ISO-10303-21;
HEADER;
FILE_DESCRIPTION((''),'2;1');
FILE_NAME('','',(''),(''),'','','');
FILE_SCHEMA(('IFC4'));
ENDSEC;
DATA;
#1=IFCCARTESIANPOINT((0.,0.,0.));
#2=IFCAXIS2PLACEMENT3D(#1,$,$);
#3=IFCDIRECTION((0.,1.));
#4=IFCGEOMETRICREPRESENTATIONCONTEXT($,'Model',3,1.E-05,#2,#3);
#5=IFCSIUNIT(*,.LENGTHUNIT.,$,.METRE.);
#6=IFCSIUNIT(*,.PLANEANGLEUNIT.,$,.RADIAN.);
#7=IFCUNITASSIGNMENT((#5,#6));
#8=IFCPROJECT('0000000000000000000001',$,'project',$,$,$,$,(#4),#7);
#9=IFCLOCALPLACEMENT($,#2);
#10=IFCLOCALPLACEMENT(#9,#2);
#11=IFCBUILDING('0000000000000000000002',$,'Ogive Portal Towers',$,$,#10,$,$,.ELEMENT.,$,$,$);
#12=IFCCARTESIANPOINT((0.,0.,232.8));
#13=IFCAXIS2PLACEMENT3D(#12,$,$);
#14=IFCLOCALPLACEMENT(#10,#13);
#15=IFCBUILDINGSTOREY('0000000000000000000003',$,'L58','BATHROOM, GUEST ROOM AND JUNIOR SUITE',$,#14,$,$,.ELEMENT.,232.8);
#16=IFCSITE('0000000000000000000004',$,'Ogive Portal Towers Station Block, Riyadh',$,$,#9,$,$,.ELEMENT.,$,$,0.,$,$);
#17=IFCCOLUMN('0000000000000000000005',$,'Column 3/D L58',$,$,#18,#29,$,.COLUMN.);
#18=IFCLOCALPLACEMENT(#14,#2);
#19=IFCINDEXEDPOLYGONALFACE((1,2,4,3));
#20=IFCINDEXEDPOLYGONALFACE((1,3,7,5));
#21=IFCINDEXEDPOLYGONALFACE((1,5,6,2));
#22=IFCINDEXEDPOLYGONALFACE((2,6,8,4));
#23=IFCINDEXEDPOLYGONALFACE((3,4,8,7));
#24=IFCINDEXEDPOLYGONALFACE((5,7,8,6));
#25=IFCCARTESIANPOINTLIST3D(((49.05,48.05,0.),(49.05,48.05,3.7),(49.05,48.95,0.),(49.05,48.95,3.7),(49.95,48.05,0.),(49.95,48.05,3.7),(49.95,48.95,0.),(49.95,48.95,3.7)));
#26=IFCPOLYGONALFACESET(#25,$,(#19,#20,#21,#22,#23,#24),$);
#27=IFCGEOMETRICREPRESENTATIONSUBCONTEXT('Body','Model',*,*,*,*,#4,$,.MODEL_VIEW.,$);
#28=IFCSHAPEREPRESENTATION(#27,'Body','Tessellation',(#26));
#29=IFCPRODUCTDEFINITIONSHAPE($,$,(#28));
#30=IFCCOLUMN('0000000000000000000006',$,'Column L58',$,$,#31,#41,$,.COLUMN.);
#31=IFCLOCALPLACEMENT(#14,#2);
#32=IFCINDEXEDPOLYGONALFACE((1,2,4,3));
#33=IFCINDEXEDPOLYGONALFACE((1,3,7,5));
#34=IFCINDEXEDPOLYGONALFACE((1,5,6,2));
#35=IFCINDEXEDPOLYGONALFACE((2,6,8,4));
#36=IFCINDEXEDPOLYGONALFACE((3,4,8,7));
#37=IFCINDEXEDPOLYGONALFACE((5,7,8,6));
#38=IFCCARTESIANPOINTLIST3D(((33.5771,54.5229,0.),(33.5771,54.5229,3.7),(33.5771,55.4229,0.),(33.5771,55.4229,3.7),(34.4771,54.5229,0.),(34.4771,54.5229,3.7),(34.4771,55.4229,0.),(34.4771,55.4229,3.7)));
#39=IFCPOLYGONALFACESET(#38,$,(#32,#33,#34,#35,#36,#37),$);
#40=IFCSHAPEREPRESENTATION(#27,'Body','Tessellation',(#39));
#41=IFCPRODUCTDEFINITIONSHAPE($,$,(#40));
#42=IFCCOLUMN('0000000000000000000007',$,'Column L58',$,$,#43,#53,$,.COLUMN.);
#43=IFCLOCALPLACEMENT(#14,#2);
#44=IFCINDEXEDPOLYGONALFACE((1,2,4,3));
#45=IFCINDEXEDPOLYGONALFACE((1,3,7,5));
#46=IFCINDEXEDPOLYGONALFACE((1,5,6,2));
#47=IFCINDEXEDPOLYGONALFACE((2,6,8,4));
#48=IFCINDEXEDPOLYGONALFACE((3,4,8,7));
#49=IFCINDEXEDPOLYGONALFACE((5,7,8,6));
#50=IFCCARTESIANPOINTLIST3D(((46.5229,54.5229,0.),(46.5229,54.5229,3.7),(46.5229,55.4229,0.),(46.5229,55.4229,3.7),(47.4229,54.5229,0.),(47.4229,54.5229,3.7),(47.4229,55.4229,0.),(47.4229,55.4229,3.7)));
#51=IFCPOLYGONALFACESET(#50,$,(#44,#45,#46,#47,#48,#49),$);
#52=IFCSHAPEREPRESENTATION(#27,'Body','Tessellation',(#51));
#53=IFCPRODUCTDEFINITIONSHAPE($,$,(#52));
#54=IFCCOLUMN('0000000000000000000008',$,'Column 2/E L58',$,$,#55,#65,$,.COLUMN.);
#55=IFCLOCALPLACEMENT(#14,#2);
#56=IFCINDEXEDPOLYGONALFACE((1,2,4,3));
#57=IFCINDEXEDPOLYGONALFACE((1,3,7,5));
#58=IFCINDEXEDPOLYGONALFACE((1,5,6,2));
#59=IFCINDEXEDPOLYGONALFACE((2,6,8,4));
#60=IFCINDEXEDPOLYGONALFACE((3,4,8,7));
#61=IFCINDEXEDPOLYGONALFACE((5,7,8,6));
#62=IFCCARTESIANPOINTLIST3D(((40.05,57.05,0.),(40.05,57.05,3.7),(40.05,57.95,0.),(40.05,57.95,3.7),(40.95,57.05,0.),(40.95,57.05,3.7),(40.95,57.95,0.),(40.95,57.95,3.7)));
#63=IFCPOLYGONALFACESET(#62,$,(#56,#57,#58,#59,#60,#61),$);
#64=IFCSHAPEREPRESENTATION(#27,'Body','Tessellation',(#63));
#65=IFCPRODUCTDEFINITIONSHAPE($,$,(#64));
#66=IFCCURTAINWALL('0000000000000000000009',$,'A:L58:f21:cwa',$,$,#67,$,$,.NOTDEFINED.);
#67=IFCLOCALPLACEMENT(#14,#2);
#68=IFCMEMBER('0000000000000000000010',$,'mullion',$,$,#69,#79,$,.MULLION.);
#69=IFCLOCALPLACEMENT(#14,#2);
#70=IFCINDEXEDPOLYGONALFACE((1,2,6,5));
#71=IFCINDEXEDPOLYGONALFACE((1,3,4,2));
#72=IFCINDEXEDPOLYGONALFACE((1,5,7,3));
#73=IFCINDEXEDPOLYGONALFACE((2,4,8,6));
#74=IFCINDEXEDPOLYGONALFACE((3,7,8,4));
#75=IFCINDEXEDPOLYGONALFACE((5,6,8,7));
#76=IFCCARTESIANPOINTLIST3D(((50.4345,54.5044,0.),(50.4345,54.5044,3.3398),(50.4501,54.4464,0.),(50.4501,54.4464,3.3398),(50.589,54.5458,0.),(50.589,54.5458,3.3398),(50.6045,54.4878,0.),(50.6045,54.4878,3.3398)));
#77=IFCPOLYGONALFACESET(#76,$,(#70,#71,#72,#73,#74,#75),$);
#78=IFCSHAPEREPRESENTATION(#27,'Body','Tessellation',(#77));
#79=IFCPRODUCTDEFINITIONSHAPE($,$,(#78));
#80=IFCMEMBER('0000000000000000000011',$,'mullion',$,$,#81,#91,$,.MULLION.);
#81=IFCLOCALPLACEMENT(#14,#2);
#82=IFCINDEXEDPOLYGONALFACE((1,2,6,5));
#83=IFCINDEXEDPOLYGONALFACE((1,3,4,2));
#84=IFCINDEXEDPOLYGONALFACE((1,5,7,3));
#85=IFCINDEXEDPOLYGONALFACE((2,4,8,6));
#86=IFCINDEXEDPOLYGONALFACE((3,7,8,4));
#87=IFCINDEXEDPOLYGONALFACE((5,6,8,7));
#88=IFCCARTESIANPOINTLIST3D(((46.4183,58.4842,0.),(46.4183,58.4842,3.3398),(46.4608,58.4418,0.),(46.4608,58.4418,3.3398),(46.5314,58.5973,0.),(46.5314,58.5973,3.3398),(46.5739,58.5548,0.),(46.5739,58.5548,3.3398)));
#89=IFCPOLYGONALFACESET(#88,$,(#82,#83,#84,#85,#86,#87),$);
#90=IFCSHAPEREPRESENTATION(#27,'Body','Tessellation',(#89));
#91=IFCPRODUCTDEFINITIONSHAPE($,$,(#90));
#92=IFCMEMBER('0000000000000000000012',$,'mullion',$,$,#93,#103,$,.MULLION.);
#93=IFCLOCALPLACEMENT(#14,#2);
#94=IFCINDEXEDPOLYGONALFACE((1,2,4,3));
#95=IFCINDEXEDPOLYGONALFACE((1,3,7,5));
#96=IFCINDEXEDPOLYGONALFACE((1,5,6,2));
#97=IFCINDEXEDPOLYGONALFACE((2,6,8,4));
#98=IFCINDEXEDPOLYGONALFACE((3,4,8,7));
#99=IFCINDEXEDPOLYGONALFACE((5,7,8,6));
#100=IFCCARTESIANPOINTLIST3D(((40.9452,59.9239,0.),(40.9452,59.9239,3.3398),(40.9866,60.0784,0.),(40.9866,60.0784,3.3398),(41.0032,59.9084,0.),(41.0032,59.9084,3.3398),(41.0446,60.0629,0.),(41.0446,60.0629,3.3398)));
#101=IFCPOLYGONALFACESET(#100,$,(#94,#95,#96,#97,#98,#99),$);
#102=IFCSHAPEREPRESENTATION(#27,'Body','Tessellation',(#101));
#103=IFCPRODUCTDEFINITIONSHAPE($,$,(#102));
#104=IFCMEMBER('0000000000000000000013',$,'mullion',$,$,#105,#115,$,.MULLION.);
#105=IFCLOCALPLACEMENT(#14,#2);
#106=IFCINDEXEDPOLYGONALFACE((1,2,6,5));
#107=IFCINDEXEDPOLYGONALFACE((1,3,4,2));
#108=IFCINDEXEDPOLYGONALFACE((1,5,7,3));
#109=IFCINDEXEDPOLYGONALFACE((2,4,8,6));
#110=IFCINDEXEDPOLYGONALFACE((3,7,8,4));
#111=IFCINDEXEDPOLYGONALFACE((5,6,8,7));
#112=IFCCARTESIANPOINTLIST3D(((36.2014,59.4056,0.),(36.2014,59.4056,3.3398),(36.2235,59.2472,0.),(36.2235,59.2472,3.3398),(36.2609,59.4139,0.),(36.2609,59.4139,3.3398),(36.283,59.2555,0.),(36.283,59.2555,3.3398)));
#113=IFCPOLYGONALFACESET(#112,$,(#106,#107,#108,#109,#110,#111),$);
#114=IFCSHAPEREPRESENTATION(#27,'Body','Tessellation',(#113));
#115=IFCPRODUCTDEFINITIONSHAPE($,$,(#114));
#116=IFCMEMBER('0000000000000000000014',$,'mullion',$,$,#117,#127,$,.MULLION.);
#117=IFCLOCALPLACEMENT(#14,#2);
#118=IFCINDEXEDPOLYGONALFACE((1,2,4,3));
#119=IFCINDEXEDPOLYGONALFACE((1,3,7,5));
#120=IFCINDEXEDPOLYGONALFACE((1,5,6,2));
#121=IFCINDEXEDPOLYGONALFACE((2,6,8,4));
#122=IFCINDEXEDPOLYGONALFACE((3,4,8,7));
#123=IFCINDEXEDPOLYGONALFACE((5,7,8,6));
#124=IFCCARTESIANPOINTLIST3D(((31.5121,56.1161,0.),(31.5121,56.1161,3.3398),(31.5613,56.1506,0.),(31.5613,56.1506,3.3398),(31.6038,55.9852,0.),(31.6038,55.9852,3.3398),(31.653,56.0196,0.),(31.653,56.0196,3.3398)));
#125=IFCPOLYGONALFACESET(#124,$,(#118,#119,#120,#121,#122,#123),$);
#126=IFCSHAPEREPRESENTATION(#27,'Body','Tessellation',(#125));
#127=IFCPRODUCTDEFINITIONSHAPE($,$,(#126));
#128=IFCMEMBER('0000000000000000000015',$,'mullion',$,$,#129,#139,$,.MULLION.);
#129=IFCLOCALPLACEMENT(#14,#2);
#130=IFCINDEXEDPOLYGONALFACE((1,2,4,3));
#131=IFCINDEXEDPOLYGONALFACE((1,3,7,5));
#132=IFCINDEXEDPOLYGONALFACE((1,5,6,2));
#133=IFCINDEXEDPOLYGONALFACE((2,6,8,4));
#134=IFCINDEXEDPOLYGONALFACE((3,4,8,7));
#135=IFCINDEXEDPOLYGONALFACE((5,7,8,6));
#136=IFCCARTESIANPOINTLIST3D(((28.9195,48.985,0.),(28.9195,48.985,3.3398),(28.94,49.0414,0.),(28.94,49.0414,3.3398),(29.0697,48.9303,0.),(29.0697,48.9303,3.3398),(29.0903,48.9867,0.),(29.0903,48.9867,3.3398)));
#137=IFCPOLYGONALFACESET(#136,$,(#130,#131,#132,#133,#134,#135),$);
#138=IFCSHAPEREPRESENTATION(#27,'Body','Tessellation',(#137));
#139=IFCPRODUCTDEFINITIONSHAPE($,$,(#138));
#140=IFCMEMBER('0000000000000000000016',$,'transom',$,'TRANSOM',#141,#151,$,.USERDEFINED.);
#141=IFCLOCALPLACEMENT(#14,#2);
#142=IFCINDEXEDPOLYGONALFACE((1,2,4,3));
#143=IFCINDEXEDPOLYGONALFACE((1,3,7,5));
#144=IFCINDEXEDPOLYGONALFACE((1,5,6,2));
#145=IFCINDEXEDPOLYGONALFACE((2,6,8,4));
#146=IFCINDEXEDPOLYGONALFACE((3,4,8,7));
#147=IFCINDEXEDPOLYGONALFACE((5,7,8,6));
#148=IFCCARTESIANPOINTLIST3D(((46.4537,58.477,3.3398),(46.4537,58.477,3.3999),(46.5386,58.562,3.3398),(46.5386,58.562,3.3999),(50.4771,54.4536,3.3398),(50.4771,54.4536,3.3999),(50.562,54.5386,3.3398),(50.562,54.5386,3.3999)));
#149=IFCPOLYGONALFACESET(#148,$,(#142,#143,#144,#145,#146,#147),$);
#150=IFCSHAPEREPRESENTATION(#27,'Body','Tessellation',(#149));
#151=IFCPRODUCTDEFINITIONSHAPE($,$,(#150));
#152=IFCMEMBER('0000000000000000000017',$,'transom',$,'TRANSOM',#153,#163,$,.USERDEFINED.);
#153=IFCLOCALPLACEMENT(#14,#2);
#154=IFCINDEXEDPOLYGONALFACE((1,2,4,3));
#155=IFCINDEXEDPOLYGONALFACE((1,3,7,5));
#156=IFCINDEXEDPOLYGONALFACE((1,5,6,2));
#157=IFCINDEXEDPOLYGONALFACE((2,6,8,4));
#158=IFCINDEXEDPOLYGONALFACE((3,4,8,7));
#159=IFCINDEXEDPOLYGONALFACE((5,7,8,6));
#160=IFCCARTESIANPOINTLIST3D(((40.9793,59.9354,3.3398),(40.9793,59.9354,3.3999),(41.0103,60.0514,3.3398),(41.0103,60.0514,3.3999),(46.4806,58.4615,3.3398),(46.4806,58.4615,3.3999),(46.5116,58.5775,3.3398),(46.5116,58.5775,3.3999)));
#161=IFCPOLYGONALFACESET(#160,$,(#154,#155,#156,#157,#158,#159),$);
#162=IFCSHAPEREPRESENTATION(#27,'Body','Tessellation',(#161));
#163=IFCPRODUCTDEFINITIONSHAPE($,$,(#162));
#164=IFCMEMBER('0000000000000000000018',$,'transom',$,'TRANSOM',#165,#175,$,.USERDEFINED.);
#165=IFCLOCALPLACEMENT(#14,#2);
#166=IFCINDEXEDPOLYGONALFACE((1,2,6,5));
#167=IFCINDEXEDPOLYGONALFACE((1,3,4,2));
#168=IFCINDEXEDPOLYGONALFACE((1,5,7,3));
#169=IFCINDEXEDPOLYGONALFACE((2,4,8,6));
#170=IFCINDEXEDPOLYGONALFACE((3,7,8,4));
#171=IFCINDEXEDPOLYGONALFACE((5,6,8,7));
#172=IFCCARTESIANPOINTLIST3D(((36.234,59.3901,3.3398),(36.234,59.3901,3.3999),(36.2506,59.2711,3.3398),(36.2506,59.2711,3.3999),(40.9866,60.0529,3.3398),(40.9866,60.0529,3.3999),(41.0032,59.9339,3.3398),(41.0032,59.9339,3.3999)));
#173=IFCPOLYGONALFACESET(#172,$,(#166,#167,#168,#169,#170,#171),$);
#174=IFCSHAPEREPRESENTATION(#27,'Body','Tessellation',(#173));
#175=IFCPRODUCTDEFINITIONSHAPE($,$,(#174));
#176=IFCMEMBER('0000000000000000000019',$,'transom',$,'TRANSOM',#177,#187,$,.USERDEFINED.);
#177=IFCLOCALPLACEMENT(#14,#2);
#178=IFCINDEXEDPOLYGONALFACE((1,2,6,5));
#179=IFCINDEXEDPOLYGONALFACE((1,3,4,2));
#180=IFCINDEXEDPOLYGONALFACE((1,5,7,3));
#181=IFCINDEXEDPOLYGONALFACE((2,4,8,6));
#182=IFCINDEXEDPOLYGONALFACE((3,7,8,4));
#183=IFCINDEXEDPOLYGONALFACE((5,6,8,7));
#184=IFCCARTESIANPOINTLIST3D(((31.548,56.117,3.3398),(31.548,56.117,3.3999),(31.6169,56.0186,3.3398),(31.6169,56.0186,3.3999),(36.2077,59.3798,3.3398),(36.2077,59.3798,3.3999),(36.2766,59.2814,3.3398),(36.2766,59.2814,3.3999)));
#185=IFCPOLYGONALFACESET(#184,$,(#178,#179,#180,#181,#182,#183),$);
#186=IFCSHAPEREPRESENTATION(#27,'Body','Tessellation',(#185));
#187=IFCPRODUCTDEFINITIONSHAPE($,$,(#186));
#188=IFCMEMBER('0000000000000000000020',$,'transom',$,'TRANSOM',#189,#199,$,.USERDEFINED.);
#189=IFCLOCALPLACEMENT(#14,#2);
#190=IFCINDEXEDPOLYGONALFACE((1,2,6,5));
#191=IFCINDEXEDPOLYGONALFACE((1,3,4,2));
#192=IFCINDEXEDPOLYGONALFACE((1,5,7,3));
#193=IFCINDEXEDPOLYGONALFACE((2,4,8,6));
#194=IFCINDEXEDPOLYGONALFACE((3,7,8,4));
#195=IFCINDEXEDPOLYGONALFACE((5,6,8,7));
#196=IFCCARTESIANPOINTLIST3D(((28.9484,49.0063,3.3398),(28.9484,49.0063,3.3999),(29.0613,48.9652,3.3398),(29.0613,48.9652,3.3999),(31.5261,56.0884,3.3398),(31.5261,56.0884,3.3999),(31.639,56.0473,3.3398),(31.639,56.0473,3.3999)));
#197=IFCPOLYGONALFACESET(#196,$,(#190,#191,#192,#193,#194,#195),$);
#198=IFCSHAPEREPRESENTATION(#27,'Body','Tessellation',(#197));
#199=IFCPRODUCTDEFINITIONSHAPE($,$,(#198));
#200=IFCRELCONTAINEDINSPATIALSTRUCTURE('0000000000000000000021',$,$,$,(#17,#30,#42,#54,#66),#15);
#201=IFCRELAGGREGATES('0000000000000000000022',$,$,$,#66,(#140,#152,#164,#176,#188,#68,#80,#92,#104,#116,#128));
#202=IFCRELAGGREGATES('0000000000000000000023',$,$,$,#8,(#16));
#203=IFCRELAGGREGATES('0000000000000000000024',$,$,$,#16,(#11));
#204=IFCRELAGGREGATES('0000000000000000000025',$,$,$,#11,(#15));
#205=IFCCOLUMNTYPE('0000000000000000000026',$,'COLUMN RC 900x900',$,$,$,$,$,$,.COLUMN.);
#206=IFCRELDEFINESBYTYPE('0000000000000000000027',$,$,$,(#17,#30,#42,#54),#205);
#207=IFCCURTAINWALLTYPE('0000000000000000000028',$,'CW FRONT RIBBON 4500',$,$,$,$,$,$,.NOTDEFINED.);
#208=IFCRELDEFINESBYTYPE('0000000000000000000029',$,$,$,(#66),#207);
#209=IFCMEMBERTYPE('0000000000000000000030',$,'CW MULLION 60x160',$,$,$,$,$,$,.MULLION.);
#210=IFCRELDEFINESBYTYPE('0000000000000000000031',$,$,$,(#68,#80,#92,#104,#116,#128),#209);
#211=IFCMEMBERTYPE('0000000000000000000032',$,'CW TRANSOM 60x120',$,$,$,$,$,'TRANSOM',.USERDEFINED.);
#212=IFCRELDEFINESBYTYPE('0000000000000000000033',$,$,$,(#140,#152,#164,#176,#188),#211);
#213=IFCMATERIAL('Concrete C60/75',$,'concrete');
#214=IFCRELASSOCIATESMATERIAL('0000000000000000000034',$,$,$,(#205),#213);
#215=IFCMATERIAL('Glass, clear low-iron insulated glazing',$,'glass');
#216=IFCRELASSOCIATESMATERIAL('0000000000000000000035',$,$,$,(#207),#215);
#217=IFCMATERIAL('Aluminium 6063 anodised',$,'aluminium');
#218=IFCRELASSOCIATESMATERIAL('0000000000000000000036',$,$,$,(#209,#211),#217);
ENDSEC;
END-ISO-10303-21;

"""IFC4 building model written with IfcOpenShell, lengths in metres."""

from ifc_helpers import new_model, si_unit, direction, frame, origin, origin_2d, place, context, subcontext, project, spatial, rectangle, extrude, material, material_profile, profile_set, type_object, element, aggregate, save


model = new_model("IFC4")

# Units and contexts
model_context = context("Model", 3, precision=1e-05, world=origin(), true_north=direction((0.0, 1.0)))
body_context = subcontext(model_context, "Body", "Model", "MODEL_VIEW")
ifc_project = project(units=[si_unit("LENGTHUNIT", "METRE"), si_unit("PLANEANGLEUNIT", "RADIAN")], contexts=[model_context])

# Site, building, storey
site_placement = place(None, origin())
site = spatial("IfcSite", under=ifc_project, at=site_placement, Name="Ogive Portal Towers Station Block, Riyadh", CompositionType="ELEMENT", RefElevation=0.0)
building_placement = place(site_placement, origin())
building = spatial("IfcBuilding", under=site, at=building_placement, Name="Ogive Portal Towers", CompositionType="ELEMENT")
storey_placement = place(building_placement, frame((0.0, 0.0, 232.8)))
storey = spatial("IfcBuildingStorey", under=building, at=storey_placement, Name="L58", Description="BATHROOM, GUEST ROOM AND JUNIOR SUITE", CompositionType="ELEMENT", Elevation=232.8)

# Columns
ifc_material_1 = material(Name="Concrete C60/75", Category="concrete")
ifc_material_profile_1 = material_profile(ifc_material_1, rectangle(XDim=0.8999, YDim=0.8999, at=origin_2d()), Name="RC 900x900")
ifc_profile_set_1 = profile_set([ifc_material_profile_1], Name="Concrete C60/75")
column_type = type_object("IfcColumnType", Name="COLUMN RC 900x900", PredefinedType="COLUMN", material=ifc_profile_set_1)
for number, where, z_axis, x_axis, name in (
    (1, (49.5, 48.5, 0.0), (0.0, 0.0, 1.0), (1.0, 0.0, 0.0), "Column 3/D L58"),
    (2, (34.0271, 54.9729, 0.0), (0.0, 0.0, 1.0), (1.0, 0.0, 0.0), "Column L58"),
    (3, (46.9729, 54.9729, 0.0), (0.0, 0.0, 1.0), (1.0, 0.0, 0.0), "Column L58"),
    (4, (40.5, 57.5, 0.0), (0.0, 0.0, 1.0), (1.0, 0.0, 0.0), "Column 2/E L58"),
):
    element("IfcColumn", number, at=place(storey_placement, frame(where, z_axis=z_axis, x_axis=x_axis)), inside=storey, type_object=column_type, Name=name, PredefinedType="COLUMN", context=body_context, shape_type="SweptSolid", body=[
        extrude(rectangle(XDim=0.8999, YDim=0.8999, at=origin_2d()), origin(), (0.0, 0.0, 1.0), 3.7),
    ])

# Curtain wall, members
ifc_material_2 = material(Name="Glass, clear low-iron insulated glazing", Category="glass")
curtain_wall_type = type_object("IfcCurtainWallType", Name="CW FRONT RIBBON 4500", PredefinedType="NOTDEFINED", material=ifc_material_2)
curtain_wall_placement = place(storey_placement, origin())
curtain_wall = element("IfcCurtainWall", 5, at=curtain_wall_placement, inside=storey, type_object=curtain_wall_type, Name="A:L58:f21:cwa", PredefinedType="NOTDEFINED")
ifc_material_3 = material(Name="Aluminium 6063 anodised", Category="aluminium")
ifc_material_profile_2 = material_profile(ifc_material_3, rectangle(XDim=0.1599, YDim=0.0601, at=origin_2d()), Name="AL 60x160")
ifc_profile_set_2 = profile_set([ifc_material_profile_2], Name="Aluminium 6063 anodised")
member_type_1 = type_object("IfcMemberType", Name="CW MULLION 60x160", PredefinedType="MULLION", material=ifc_profile_set_2)
member_1_placement = place(storey_placement, frame((50.5195, 54.4961, 0.0), z_axis=(0.0, 0.0, 1.0), x_axis=(-0.965926, -0.258819, 0.0)))
member_1 = element("IfcMember", 6, at=member_1_placement, type_object=member_type_1, Name="mullion", PredefinedType="MULLION", context=body_context, shape_type="SweptSolid", body=[
    extrude(rectangle(XDim=0.1599, YDim=0.0601, at=origin_2d()), origin(), (0.0, 0.0, 1.0), 3.3398),
])
member_2_placement = place(storey_placement, frame((46.4961, 58.5195, 0.0), z_axis=(0.0, 0.0, 1.0), x_axis=(-0.707107, -0.707107, 0.0)))
member_2 = element("IfcMember", 7, at=member_2_placement, type_object=member_type_1, Name="mullion", PredefinedType="MULLION", context=body_context, shape_type="SweptSolid", body=[
    extrude(rectangle(XDim=0.1599, YDim=0.0601, at=origin_2d()), origin(), (0.0, 0.0, 1.0), 3.3398),
])
member_3_placement = place(storey_placement, frame((40.9949, 59.9934, 0.0), z_axis=(0.0, 0.0, 1.0), x_axis=(-0.258819, -0.965926, 0.0)))
member_3 = element("IfcMember", 8, at=member_3_placement, type_object=member_type_1, Name="mullion", PredefinedType="MULLION", context=body_context, shape_type="SweptSolid", body=[
    extrude(rectangle(XDim=0.1599, YDim=0.0601, at=origin_2d()), origin(), (0.0, 0.0, 1.0), 3.3398),
])
member_4_placement = place(storey_placement, frame((36.2422, 59.3306, 0.0), z_axis=(0.0, 0.0, 1.0), x_axis=(0.138161, -0.99041, 0.0)))
member_4 = element("IfcMember", 9, at=member_4_placement, type_object=member_type_1, Name="mullion", PredefinedType="MULLION", context=body_context, shape_type="SweptSolid", body=[
    extrude(rectangle(XDim=0.1599, YDim=0.0601, at=origin_2d()), origin(), (0.0, 0.0, 1.0), 3.3398),
])
member_5_placement = place(storey_placement, frame((31.5825, 56.0679, 0.0), z_axis=(0.0, 0.0, 1.0), x_axis=(0.573576, -0.819152, 0.0)))
member_5 = element("IfcMember", 10, at=member_5_placement, type_object=member_type_1, Name="mullion", PredefinedType="MULLION", context=body_context, shape_type="SweptSolid", body=[
    extrude(rectangle(XDim=0.1599, YDim=0.0601, at=origin_2d()), origin(), (0.0, 0.0, 1.0), 3.3398),
])
member_6_placement = place(storey_placement, frame((29.0049, 48.9858, 0.0), z_axis=(0.0, 0.0, 1.0), x_axis=(0.939693, -0.34202, 0.0)))
member_6 = element("IfcMember", 11, at=member_6_placement, type_object=member_type_1, Name="mullion", PredefinedType="MULLION", context=body_context, shape_type="SweptSolid", body=[
    extrude(rectangle(XDim=0.1599, YDim=0.0601, at=origin_2d()), origin(), (0.0, 0.0, 1.0), 3.3398),
])
ifc_material_profile_3 = material_profile(ifc_material_3, rectangle(XDim=0.1201, YDim=0.0601, at=origin_2d()), Name="AL 120x60")
ifc_profile_set_3 = profile_set([ifc_material_profile_3], Name="Aluminium 6063 anodised")
member_type_2 = type_object("IfcMemberType", Name="CW TRANSOM 60x120", ElementType="TRANSOM", PredefinedType="USERDEFINED", material=ifc_profile_set_3)
member_7_placement = place(storey_placement, frame((50.5195, 54.4961, 3.3699), z_axis=(-0.707107, 0.707107, 0.0), x_axis=(-0.707107, -0.707107, 0.0)))
member_7 = element("IfcMember", 12, at=member_7_placement, type_object=member_type_2, Name="transom", ObjectType="TRANSOM", PredefinedType="USERDEFINED", context=body_context, shape_type="SweptSolid", body=[
    extrude(rectangle(XDim=0.1201, YDim=0.0601, at=origin_2d()), origin(), (0.0, 0.0, 1.0), 5.6899),
])
member_8_placement = place(storey_placement, frame((46.4961, 58.5195, 3.3699), z_axis=(-0.965933, 0.258791, 0.0), x_axis=(-0.258791, -0.965933, 0.0)))
member_8 = element("IfcMember", 13, at=member_8_placement, type_object=member_type_2, Name="transom", ObjectType="TRANSOM", PredefinedType="USERDEFINED", context=body_context, shape_type="SweptSolid", body=[
    extrude(rectangle(XDim=0.1201, YDim=0.0601, at=origin_2d()), origin(), (0.0, 0.0, 1.0), 5.6953),
])
member_9_placement = place(storey_placement, frame((40.9949, 59.9934, 3.3699), z_axis=(-0.990414, -0.13813, 0.0), x_axis=(0.13813, -0.990414, 0.0)))
member_9 = element("IfcMember", 14, at=member_9_placement, type_object=member_type_2, Name="transom", ObjectType="TRANSOM", PredefinedType="USERDEFINED", context=body_context, shape_type="SweptSolid", body=[
    extrude(rectangle(XDim=0.1201, YDim=0.0601, at=origin_2d()), origin(), (0.0, 0.0, 1.0), 4.7986),
])
member_10_placement = place(storey_placement, frame((36.2422, 59.3306, 3.3699), z_axis=(-0.819155, -0.573572, 0.0), x_axis=(0.573572, -0.819155, 0.0)))
member_10 = element("IfcMember", 15, at=member_10_placement, type_object=member_type_2, Name="transom", ObjectType="TRANSOM", PredefinedType="USERDEFINED", context=body_context, shape_type="SweptSolid", body=[
    extrude(rectangle(XDim=0.1201, YDim=0.0601, at=origin_2d()), origin(), (0.0, 0.0, 1.0), 5.6885),
])
member_11_placement = place(storey_placement, frame((31.5825, 56.0679, 3.3699), z_axis=(-0.342019, -0.939693, 0.0), x_axis=(0.939693, -0.342019, 0.0)))
member_11 = element("IfcMember", 16, at=member_11_placement, type_object=member_type_2, Name="transom", ObjectType="TRANSOM", PredefinedType="USERDEFINED", context=body_context, shape_type="SweptSolid", body=[
    extrude(rectangle(XDim=0.1201, YDim=0.0601, at=origin_2d()), origin(), (0.0, 0.0, 1.0), 7.5366),
])
aggregate(curtain_wall, [member_7, member_8, member_9, member_10, member_11, member_1, member_2, member_3, member_4, member_5, member_6])

save(model, "model.ifc")
